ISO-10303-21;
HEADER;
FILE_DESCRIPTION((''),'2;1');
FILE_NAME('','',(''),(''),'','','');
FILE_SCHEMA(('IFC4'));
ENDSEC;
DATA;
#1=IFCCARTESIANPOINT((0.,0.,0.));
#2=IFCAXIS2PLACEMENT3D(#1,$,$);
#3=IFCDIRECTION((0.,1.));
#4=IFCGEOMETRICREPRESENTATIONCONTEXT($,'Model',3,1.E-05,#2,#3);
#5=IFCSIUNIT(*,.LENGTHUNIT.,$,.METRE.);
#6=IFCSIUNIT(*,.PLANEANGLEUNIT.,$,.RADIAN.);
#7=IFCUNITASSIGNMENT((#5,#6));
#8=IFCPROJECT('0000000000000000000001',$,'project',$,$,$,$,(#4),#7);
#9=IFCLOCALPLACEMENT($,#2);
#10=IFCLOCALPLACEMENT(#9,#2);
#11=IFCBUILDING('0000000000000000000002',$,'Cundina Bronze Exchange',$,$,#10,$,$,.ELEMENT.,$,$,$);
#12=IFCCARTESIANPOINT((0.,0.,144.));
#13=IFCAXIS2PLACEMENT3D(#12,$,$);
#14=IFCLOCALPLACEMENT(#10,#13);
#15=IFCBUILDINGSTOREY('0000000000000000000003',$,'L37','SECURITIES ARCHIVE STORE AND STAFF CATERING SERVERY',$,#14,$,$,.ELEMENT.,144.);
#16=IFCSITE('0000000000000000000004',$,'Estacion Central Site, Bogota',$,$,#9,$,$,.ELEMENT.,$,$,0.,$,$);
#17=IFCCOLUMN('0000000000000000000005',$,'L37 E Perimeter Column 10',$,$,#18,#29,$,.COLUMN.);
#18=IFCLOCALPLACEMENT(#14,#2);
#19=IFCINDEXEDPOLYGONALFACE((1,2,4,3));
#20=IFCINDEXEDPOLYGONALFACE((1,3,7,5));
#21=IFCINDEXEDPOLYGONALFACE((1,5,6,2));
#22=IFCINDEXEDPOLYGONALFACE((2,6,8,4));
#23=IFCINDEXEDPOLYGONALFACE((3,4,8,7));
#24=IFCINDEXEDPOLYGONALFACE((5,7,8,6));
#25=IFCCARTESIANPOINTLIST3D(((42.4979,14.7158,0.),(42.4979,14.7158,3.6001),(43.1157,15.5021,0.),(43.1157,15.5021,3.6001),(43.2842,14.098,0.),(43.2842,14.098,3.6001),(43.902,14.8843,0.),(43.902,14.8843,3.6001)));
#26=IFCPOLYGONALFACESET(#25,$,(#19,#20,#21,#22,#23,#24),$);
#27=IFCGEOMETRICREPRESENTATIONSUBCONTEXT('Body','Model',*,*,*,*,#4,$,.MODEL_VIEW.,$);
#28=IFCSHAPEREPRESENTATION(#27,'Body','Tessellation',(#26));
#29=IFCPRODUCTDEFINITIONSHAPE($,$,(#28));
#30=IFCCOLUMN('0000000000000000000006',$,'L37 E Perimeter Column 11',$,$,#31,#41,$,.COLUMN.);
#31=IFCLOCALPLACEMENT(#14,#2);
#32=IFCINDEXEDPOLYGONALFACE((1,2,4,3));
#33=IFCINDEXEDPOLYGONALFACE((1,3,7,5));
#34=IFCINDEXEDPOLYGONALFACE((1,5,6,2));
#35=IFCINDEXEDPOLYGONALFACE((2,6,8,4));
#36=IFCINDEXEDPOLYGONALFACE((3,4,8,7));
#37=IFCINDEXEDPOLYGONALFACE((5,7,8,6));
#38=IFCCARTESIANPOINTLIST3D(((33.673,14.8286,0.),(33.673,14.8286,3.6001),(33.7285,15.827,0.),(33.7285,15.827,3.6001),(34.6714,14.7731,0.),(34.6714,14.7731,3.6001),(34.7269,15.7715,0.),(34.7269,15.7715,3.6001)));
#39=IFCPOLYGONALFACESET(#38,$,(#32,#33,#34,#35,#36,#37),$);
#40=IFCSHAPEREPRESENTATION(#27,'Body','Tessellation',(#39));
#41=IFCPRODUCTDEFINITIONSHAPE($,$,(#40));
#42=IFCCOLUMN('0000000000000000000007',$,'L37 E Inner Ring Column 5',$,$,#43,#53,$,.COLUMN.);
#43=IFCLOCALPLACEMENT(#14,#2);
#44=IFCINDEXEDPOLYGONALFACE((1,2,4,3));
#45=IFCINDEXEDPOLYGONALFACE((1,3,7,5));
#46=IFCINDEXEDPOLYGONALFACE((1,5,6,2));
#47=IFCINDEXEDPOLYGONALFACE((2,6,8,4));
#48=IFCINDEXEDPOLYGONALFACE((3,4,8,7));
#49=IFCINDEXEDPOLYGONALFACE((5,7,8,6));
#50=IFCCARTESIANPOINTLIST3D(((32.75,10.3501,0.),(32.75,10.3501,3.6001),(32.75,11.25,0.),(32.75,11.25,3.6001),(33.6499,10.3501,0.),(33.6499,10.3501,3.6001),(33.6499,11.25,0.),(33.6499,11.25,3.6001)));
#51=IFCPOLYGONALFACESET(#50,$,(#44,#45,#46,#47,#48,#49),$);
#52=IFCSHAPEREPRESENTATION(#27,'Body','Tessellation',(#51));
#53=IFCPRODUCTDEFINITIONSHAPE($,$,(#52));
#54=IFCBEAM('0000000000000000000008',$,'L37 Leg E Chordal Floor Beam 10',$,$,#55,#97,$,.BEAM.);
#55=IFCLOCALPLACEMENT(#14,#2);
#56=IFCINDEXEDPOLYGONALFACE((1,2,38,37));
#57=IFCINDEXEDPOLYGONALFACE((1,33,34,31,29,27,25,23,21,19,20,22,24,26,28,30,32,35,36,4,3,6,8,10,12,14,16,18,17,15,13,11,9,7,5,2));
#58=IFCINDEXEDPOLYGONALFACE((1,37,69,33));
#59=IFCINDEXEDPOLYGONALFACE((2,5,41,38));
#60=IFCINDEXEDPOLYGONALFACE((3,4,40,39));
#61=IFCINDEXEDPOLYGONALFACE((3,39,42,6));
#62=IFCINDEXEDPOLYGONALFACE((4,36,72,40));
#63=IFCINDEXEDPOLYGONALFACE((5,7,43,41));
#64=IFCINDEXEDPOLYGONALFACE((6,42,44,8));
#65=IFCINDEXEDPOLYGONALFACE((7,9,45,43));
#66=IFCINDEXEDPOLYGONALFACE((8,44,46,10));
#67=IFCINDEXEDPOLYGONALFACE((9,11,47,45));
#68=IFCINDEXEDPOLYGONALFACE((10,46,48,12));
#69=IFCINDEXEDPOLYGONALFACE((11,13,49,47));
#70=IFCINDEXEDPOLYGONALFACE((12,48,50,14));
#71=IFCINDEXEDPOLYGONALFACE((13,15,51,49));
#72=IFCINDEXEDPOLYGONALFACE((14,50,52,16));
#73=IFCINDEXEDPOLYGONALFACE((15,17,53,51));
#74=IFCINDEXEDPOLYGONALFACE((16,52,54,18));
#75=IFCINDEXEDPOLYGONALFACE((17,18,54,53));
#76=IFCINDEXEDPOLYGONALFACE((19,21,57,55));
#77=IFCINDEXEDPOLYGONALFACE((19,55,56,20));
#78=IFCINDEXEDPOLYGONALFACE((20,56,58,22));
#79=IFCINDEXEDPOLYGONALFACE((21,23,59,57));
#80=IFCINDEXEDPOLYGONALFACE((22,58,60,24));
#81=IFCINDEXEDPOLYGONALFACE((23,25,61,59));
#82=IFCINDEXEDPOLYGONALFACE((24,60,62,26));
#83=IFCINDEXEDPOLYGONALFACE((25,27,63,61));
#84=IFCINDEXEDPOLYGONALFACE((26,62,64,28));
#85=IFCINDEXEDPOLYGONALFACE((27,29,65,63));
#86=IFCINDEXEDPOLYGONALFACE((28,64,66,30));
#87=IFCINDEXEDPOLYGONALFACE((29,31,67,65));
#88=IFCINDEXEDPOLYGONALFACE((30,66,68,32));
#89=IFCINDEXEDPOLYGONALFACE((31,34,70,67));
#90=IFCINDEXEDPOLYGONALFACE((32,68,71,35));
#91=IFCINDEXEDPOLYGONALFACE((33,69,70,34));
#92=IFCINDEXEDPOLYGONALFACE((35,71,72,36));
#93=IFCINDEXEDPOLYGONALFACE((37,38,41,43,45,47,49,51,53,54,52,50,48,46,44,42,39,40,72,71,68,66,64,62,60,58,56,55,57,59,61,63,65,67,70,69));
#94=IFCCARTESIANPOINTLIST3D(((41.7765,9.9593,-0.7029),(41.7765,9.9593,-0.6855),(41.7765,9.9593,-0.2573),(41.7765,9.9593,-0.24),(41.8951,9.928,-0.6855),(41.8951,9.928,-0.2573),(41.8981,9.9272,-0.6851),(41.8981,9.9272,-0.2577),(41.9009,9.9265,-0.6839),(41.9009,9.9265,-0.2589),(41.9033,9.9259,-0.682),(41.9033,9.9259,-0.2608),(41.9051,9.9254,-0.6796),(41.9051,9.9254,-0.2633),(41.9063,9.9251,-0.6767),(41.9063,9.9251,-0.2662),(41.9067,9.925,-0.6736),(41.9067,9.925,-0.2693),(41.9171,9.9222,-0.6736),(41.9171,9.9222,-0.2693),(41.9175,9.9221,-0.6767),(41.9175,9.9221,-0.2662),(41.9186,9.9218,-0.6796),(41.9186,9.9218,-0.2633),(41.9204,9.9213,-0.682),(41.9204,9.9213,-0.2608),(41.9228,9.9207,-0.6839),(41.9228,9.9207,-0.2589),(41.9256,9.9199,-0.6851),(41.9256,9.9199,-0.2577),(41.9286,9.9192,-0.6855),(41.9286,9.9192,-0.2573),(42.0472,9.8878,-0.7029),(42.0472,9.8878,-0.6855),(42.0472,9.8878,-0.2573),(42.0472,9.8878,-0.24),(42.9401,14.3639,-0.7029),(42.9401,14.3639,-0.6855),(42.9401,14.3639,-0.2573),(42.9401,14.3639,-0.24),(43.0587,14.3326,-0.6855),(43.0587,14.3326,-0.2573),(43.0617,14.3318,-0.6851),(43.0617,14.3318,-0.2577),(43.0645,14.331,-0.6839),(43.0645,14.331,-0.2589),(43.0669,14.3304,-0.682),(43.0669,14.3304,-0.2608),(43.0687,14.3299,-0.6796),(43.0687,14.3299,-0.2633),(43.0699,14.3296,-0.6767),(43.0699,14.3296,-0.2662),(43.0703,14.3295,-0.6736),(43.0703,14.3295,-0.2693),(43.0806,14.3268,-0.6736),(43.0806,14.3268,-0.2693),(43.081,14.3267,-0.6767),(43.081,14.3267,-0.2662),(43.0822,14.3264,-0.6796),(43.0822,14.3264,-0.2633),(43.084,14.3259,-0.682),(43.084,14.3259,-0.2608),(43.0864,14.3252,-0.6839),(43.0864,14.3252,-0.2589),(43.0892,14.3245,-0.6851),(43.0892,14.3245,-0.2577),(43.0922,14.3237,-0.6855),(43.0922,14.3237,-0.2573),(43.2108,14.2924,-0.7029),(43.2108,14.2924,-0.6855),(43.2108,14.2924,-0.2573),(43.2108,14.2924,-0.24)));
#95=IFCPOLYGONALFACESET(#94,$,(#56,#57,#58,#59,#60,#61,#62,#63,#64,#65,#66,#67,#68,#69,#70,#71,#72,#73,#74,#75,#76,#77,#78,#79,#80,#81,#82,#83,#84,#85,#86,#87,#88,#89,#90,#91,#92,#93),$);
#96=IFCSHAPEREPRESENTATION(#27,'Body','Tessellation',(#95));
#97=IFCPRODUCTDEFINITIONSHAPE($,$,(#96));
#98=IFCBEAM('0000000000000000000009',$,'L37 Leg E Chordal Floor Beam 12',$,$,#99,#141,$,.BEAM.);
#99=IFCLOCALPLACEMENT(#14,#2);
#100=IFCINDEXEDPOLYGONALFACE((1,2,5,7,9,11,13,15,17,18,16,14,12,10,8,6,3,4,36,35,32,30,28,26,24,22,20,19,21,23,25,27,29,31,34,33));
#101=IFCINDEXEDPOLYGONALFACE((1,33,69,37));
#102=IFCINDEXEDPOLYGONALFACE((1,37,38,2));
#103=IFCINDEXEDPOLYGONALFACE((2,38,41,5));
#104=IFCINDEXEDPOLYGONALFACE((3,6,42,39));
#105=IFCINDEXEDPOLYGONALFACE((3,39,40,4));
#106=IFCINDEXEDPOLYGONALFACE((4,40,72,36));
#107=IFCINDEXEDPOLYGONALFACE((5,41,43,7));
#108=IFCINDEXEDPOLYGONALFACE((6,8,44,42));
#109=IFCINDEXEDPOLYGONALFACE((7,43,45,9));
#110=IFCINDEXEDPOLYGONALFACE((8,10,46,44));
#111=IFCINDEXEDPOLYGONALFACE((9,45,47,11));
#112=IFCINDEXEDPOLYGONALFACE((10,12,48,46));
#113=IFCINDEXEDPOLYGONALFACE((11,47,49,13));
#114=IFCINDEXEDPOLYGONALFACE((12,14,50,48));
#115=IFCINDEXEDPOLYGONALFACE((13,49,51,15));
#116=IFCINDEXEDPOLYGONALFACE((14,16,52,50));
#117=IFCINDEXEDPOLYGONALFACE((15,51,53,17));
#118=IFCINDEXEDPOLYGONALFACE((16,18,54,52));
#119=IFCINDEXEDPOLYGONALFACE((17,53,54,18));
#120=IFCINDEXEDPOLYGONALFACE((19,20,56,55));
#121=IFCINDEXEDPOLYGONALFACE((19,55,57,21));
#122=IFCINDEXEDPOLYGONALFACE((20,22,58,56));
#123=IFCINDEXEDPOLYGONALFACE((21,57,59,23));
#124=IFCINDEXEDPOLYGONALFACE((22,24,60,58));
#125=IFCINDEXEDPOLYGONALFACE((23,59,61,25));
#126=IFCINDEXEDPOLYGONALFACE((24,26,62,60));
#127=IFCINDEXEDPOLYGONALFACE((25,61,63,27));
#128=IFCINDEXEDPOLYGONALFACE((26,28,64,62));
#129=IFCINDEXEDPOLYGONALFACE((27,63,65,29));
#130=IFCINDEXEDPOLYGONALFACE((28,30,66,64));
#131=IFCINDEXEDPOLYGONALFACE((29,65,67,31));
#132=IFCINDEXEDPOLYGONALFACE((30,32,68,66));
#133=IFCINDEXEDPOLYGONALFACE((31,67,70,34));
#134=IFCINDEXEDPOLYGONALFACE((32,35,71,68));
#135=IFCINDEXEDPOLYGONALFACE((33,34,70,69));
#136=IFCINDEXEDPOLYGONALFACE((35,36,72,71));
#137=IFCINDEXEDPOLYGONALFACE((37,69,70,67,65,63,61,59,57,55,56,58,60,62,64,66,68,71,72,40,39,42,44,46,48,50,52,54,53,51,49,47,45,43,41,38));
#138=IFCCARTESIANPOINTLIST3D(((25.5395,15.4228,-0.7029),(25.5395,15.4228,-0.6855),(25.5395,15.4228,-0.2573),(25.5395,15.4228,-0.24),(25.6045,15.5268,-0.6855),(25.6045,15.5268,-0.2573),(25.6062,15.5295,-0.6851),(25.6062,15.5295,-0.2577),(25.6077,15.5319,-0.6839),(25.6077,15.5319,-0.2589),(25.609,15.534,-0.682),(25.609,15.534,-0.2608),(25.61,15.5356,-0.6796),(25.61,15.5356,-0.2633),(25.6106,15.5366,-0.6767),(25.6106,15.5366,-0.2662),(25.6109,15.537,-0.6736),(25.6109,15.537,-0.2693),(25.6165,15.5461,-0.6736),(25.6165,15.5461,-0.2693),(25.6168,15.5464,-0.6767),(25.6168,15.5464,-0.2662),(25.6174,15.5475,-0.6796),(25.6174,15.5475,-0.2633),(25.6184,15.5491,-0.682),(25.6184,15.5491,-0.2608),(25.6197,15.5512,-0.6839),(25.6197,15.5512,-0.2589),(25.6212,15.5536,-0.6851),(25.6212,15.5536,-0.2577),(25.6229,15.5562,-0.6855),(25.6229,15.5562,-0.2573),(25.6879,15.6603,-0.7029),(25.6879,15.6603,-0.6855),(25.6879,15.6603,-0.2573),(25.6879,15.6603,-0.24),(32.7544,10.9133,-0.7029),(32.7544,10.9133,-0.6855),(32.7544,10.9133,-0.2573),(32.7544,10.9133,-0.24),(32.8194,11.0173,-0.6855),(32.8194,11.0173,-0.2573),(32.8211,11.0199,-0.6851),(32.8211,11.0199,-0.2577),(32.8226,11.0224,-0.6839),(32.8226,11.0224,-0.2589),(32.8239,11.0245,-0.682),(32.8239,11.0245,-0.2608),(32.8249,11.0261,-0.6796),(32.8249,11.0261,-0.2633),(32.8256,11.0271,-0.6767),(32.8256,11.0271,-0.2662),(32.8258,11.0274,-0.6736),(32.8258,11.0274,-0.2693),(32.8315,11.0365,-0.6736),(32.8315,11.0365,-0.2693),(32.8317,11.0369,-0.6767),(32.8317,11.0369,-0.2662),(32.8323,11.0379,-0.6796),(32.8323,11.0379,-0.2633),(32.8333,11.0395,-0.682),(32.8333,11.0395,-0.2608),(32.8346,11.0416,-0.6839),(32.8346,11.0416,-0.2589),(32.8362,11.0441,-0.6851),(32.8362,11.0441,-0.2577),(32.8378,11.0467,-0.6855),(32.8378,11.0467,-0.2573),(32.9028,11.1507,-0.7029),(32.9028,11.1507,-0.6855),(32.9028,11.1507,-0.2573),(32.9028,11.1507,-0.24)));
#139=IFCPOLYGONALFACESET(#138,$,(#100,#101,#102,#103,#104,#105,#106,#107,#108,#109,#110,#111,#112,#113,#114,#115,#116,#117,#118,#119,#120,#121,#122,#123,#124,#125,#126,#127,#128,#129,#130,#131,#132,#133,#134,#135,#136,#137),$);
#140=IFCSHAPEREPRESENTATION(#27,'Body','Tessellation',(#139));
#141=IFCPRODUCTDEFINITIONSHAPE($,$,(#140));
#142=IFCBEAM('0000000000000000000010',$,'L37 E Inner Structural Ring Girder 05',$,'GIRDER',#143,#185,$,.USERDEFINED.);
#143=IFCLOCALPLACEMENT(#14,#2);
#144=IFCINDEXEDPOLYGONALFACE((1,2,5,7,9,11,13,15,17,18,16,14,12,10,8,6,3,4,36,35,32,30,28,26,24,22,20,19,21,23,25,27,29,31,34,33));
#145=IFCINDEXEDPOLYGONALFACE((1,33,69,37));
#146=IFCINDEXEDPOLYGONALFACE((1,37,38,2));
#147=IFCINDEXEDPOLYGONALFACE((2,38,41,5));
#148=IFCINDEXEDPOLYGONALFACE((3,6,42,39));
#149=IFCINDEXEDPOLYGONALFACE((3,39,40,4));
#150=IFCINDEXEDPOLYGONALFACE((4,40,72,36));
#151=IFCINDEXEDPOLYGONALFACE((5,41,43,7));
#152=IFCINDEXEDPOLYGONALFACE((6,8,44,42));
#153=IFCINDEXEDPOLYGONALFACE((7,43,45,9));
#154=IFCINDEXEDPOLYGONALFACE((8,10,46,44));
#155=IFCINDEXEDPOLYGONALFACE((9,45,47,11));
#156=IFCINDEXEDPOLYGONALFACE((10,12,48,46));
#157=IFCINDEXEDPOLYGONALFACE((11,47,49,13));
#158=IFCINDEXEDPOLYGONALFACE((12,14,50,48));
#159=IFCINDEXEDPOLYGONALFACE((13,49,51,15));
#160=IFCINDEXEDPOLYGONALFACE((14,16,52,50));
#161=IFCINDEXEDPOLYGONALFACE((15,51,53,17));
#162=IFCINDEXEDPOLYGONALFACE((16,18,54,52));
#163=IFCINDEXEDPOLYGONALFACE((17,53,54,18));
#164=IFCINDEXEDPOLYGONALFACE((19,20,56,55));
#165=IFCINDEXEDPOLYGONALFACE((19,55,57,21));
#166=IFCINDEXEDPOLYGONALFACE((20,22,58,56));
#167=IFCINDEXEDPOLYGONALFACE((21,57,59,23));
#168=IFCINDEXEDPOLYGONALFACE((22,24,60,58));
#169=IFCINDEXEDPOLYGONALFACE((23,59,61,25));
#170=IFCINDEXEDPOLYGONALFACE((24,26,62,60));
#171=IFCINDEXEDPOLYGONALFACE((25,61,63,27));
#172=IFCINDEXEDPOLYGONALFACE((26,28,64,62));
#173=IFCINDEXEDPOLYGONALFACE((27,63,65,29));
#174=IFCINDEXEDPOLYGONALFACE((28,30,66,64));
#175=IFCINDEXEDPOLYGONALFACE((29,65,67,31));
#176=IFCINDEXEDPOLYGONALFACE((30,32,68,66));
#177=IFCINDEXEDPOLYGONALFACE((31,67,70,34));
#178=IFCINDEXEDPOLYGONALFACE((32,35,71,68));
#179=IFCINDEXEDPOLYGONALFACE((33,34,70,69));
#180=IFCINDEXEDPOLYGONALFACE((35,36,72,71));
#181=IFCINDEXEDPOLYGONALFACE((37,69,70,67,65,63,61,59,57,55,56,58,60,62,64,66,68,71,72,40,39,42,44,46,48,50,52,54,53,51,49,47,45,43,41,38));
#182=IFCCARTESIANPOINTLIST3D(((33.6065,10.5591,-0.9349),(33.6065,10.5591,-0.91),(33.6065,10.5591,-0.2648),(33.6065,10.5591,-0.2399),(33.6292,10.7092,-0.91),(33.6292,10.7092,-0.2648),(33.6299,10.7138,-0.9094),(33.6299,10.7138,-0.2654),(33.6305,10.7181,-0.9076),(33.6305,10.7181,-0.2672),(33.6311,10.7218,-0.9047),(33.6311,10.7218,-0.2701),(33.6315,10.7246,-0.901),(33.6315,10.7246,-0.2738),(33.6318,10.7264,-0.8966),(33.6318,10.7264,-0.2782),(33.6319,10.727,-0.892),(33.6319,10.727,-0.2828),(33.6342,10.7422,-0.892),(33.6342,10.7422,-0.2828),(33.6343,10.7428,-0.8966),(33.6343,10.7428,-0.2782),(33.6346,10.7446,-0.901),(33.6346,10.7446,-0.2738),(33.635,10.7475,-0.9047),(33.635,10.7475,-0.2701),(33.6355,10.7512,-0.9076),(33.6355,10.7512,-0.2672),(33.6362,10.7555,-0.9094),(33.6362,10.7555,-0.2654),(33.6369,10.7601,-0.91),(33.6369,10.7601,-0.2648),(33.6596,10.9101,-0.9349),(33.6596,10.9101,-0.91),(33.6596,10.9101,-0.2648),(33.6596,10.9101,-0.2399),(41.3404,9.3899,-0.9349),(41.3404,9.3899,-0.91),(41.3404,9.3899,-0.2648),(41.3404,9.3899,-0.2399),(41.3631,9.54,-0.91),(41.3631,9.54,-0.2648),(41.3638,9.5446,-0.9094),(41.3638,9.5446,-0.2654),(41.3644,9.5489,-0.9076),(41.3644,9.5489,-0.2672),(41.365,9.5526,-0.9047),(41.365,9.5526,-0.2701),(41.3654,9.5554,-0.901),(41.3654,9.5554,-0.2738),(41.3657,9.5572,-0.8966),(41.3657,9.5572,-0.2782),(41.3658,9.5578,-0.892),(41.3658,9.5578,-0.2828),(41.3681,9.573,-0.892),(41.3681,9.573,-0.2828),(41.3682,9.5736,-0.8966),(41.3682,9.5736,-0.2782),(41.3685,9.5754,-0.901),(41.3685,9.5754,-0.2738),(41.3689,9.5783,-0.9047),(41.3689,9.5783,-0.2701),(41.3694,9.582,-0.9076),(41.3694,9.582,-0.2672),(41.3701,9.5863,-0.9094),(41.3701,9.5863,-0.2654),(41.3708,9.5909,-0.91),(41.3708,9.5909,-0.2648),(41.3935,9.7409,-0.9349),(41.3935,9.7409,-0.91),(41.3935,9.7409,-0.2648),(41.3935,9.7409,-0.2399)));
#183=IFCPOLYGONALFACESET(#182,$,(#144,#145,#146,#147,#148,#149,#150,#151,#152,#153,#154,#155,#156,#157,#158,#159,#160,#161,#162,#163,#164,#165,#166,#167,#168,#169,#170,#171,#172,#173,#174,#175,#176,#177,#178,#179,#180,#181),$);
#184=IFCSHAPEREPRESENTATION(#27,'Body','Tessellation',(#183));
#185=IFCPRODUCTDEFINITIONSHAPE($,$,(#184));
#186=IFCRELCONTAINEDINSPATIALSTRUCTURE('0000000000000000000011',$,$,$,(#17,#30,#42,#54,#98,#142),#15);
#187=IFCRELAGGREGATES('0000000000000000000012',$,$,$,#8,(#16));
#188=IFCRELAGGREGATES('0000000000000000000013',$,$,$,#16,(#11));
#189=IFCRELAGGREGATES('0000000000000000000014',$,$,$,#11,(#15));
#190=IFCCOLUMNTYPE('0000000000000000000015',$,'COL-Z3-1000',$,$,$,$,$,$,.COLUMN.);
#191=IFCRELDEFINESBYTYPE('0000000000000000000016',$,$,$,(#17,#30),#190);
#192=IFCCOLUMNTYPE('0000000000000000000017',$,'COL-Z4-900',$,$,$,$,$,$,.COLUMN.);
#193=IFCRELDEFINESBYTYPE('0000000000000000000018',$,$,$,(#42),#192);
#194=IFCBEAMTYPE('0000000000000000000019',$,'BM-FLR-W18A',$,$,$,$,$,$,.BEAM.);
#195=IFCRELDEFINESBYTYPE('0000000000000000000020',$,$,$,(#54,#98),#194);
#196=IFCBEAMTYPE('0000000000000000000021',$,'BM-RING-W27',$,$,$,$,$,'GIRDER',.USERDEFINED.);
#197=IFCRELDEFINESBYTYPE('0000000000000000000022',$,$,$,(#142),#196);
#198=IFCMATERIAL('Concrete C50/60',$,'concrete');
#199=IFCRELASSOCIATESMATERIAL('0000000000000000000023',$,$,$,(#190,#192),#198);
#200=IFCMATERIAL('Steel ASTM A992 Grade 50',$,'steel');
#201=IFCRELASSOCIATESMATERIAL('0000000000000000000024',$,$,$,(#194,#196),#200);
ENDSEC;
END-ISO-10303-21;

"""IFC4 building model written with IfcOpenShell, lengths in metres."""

from ifc_helpers import new_model, si_unit, direction, frame, origin, origin_2d, place, context, subcontext, project, spatial, rectangle, i_section, extrude, material, material_profile, profile_set, type_object, element, save


model = new_model("IFC4")

# Units and contexts
model_context = context("Model", 3, precision=1e-05, world=origin(), true_north=direction((0.0, 1.0)))
body_context = subcontext(model_context, "Body", "Model", "MODEL_VIEW")
ifc_project = project(units=[si_unit("LENGTHUNIT", "METRE"), si_unit("PLANEANGLEUNIT", "RADIAN")], contexts=[model_context])

# Site, building, storey
site_placement = place(None, origin())
site = spatial("IfcSite", under=ifc_project, at=site_placement, Name="Estacion Central Site, Bogota", CompositionType="ELEMENT", RefElevation=0.0)
building_placement = place(site_placement, origin())
building = spatial("IfcBuilding", under=site, at=building_placement, Name="Cundina Bronze Exchange", CompositionType="ELEMENT")
storey_placement = place(building_placement, frame((0.0, 0.0, 144.0)))
storey = spatial("IfcBuildingStorey", under=building, at=storey_placement, Name="L37", Description="SECURITIES ARCHIVE STORE AND STAFF CATERING SERVERY", CompositionType="ELEMENT", Elevation=144.0)

# Columns
ifc_material_1 = material(Name="Concrete C50/60", Category="concrete")
ifc_material_profile_1 = material_profile(ifc_material_1, rectangle(XDim=1.0, YDim=1.0, at=origin_2d()), Name="RC1000X1000", Category="concrete")
ifc_profile_set_1 = profile_set([ifc_material_profile_1], Name="Concrete C50/60")
column_type_1 = type_object("IfcColumnType", Name="COL-Z3-1000", PredefinedType="COLUMN", material=ifc_profile_set_1)
for number, where, z_axis, x_axis, name in (
    (1, (43.2, 14.8, 0.0), (0.0, 0.0, 1.0), (-0.786288, 0.61786, 0.0), "L37 E Perimeter Column 10"),
    (2, (34.2, 15.3, 0.0), (0.0, 0.0, 1.0), (-0.99846, 0.055473, 0.0), "L37 E Perimeter Column 11"),
):
    element("IfcColumn", number, at=place(storey_placement, frame(where, z_axis=z_axis, x_axis=x_axis)), inside=storey, type_object=column_type_1, Name=name, PredefinedType="COLUMN", context=body_context, shape_type="SweptSolid", body=[
        extrude(rectangle(XDim=1.0, YDim=1.0, at=origin_2d()), origin(), (0.0, 0.0, 1.0), 3.6001),
    ])
ifc_material_profile_2 = material_profile(ifc_material_1, rectangle(XDim=0.8999, YDim=0.8999, at=origin_2d()), Name="RC900X900", Category="concrete")
ifc_profile_set_2 = profile_set([ifc_material_profile_2], Name="Concrete C50/60")
column_type_2 = type_object("IfcColumnType", Name="COL-Z4-900", PredefinedType="COLUMN", material=ifc_profile_set_2)
column_placement = place(storey_placement, frame((33.2, 10.8, 0.0), z_axis=(0.0, 0.0, 1.0), x_axis=(1.0, 0.0, 0.0)))
element("IfcColumn", 3, at=column_placement, inside=storey, type_object=column_type_2, Name="L37 E Inner Ring Column 5", PredefinedType="COLUMN", context=body_context, shape_type="SweptSolid", body=[
    extrude(rectangle(XDim=0.8999, YDim=0.8999, at=origin_2d()), origin(), (0.0, 0.0, 1.0), 3.6001),
])

# Beams
ifc_material_2 = material(Name="Steel ASTM A992 Grade 50", Category="steel")
ifc_material_profile_3 = material_profile(ifc_material_2, i_section(OverallWidth=0.28, OverallDepth=0.4629, WebThickness=0.0107, FlangeThickness=0.0173, FilletRadius=0.012, at=origin_2d()), Name="W18X76", Category="steel")
ifc_profile_set_3 = profile_set([ifc_material_profile_3], Name="Steel ASTM A992 Grade 50")
beam_type_1 = type_object("IfcBeamType", Name="BM-FLR-W18A", PredefinedType="BEAM", material=ifc_profile_set_3)
beam_1_placement = place(storey_placement, frame((41.9119, 9.9236, -0.4714), z_axis=(0.255414, 0.966832, 0.0), x_axis=(-0.966832, 0.255414, 0.0)))
element("IfcBeam", 4, at=beam_1_placement, inside=storey, type_object=beam_type_1, Name="L37 Leg E Chordal Floor Beam 10", PredefinedType="BEAM", context=body_context, shape_type="SweptSolid", body=[
    extrude(i_section(OverallWidth=0.28, OverallDepth=0.4629, WebThickness=0.0107, FlangeThickness=0.0173, FilletRadius=0.012, at=origin_2d()), origin(), (0.0, 0.0, 1.0), 4.5557),
])
beam_2_placement = place(storey_placement, frame((32.8286, 11.032, -0.4714), z_axis=(-0.847985, 0.53002, 0.0), x_axis=(-0.53002, -0.847985, 0.0)))
element("IfcBeam", 5, at=beam_2_placement, inside=storey, type_object=beam_type_1, Name="L37 Leg E Chordal Floor Beam 12", PredefinedType="BEAM", context=body_context, shape_type="SweptSolid", body=[
    extrude(i_section(OverallWidth=0.28, OverallDepth=0.4629, WebThickness=0.0107, FlangeThickness=0.0173, FilletRadius=0.012, at=origin_2d()), origin(), (0.0, 0.0, 1.0), 8.5083),
])
ifc_material_profile_4 = material_profile(ifc_material_2, i_section(OverallWidth=0.355, OverallDepth=0.6951, WebThickness=0.0154, FlangeThickness=0.0249, FilletRadius=0.0181, at=origin_2d()), Name="W27X146", Category="steel")
ifc_profile_set_4 = profile_set([ifc_material_profile_4], Name="Steel ASTM A992 Grade 50")
beam_type_2 = type_object("IfcBeamType", Name="BM-RING-W27", ElementType="GIRDER", PredefinedType="USERDEFINED", material=ifc_profile_set_4)
beam_3_placement = place(storey_placement, frame((41.3669, 9.5654, -0.5874), z_axis=(-0.988765, 0.149479, 0.0), x_axis=(-0.149479, -0.988765, 0.0)))
element("IfcBeam", 6, at=beam_3_placement, inside=storey, type_object=beam_type_2, Name="L37 E Inner Structural Ring Girder 05", ObjectType="GIRDER", PredefinedType="USERDEFINED", context=body_context, shape_type="SweptSolid", body=[
    extrude(i_section(OverallWidth=0.355, OverallDepth=0.6951, WebThickness=0.0154, FlangeThickness=0.0249, FilletRadius=0.0181, at=origin_2d()), origin(), (0.0, 0.0, 1.0), 7.8218),
])

save(model, "model.ifc")
